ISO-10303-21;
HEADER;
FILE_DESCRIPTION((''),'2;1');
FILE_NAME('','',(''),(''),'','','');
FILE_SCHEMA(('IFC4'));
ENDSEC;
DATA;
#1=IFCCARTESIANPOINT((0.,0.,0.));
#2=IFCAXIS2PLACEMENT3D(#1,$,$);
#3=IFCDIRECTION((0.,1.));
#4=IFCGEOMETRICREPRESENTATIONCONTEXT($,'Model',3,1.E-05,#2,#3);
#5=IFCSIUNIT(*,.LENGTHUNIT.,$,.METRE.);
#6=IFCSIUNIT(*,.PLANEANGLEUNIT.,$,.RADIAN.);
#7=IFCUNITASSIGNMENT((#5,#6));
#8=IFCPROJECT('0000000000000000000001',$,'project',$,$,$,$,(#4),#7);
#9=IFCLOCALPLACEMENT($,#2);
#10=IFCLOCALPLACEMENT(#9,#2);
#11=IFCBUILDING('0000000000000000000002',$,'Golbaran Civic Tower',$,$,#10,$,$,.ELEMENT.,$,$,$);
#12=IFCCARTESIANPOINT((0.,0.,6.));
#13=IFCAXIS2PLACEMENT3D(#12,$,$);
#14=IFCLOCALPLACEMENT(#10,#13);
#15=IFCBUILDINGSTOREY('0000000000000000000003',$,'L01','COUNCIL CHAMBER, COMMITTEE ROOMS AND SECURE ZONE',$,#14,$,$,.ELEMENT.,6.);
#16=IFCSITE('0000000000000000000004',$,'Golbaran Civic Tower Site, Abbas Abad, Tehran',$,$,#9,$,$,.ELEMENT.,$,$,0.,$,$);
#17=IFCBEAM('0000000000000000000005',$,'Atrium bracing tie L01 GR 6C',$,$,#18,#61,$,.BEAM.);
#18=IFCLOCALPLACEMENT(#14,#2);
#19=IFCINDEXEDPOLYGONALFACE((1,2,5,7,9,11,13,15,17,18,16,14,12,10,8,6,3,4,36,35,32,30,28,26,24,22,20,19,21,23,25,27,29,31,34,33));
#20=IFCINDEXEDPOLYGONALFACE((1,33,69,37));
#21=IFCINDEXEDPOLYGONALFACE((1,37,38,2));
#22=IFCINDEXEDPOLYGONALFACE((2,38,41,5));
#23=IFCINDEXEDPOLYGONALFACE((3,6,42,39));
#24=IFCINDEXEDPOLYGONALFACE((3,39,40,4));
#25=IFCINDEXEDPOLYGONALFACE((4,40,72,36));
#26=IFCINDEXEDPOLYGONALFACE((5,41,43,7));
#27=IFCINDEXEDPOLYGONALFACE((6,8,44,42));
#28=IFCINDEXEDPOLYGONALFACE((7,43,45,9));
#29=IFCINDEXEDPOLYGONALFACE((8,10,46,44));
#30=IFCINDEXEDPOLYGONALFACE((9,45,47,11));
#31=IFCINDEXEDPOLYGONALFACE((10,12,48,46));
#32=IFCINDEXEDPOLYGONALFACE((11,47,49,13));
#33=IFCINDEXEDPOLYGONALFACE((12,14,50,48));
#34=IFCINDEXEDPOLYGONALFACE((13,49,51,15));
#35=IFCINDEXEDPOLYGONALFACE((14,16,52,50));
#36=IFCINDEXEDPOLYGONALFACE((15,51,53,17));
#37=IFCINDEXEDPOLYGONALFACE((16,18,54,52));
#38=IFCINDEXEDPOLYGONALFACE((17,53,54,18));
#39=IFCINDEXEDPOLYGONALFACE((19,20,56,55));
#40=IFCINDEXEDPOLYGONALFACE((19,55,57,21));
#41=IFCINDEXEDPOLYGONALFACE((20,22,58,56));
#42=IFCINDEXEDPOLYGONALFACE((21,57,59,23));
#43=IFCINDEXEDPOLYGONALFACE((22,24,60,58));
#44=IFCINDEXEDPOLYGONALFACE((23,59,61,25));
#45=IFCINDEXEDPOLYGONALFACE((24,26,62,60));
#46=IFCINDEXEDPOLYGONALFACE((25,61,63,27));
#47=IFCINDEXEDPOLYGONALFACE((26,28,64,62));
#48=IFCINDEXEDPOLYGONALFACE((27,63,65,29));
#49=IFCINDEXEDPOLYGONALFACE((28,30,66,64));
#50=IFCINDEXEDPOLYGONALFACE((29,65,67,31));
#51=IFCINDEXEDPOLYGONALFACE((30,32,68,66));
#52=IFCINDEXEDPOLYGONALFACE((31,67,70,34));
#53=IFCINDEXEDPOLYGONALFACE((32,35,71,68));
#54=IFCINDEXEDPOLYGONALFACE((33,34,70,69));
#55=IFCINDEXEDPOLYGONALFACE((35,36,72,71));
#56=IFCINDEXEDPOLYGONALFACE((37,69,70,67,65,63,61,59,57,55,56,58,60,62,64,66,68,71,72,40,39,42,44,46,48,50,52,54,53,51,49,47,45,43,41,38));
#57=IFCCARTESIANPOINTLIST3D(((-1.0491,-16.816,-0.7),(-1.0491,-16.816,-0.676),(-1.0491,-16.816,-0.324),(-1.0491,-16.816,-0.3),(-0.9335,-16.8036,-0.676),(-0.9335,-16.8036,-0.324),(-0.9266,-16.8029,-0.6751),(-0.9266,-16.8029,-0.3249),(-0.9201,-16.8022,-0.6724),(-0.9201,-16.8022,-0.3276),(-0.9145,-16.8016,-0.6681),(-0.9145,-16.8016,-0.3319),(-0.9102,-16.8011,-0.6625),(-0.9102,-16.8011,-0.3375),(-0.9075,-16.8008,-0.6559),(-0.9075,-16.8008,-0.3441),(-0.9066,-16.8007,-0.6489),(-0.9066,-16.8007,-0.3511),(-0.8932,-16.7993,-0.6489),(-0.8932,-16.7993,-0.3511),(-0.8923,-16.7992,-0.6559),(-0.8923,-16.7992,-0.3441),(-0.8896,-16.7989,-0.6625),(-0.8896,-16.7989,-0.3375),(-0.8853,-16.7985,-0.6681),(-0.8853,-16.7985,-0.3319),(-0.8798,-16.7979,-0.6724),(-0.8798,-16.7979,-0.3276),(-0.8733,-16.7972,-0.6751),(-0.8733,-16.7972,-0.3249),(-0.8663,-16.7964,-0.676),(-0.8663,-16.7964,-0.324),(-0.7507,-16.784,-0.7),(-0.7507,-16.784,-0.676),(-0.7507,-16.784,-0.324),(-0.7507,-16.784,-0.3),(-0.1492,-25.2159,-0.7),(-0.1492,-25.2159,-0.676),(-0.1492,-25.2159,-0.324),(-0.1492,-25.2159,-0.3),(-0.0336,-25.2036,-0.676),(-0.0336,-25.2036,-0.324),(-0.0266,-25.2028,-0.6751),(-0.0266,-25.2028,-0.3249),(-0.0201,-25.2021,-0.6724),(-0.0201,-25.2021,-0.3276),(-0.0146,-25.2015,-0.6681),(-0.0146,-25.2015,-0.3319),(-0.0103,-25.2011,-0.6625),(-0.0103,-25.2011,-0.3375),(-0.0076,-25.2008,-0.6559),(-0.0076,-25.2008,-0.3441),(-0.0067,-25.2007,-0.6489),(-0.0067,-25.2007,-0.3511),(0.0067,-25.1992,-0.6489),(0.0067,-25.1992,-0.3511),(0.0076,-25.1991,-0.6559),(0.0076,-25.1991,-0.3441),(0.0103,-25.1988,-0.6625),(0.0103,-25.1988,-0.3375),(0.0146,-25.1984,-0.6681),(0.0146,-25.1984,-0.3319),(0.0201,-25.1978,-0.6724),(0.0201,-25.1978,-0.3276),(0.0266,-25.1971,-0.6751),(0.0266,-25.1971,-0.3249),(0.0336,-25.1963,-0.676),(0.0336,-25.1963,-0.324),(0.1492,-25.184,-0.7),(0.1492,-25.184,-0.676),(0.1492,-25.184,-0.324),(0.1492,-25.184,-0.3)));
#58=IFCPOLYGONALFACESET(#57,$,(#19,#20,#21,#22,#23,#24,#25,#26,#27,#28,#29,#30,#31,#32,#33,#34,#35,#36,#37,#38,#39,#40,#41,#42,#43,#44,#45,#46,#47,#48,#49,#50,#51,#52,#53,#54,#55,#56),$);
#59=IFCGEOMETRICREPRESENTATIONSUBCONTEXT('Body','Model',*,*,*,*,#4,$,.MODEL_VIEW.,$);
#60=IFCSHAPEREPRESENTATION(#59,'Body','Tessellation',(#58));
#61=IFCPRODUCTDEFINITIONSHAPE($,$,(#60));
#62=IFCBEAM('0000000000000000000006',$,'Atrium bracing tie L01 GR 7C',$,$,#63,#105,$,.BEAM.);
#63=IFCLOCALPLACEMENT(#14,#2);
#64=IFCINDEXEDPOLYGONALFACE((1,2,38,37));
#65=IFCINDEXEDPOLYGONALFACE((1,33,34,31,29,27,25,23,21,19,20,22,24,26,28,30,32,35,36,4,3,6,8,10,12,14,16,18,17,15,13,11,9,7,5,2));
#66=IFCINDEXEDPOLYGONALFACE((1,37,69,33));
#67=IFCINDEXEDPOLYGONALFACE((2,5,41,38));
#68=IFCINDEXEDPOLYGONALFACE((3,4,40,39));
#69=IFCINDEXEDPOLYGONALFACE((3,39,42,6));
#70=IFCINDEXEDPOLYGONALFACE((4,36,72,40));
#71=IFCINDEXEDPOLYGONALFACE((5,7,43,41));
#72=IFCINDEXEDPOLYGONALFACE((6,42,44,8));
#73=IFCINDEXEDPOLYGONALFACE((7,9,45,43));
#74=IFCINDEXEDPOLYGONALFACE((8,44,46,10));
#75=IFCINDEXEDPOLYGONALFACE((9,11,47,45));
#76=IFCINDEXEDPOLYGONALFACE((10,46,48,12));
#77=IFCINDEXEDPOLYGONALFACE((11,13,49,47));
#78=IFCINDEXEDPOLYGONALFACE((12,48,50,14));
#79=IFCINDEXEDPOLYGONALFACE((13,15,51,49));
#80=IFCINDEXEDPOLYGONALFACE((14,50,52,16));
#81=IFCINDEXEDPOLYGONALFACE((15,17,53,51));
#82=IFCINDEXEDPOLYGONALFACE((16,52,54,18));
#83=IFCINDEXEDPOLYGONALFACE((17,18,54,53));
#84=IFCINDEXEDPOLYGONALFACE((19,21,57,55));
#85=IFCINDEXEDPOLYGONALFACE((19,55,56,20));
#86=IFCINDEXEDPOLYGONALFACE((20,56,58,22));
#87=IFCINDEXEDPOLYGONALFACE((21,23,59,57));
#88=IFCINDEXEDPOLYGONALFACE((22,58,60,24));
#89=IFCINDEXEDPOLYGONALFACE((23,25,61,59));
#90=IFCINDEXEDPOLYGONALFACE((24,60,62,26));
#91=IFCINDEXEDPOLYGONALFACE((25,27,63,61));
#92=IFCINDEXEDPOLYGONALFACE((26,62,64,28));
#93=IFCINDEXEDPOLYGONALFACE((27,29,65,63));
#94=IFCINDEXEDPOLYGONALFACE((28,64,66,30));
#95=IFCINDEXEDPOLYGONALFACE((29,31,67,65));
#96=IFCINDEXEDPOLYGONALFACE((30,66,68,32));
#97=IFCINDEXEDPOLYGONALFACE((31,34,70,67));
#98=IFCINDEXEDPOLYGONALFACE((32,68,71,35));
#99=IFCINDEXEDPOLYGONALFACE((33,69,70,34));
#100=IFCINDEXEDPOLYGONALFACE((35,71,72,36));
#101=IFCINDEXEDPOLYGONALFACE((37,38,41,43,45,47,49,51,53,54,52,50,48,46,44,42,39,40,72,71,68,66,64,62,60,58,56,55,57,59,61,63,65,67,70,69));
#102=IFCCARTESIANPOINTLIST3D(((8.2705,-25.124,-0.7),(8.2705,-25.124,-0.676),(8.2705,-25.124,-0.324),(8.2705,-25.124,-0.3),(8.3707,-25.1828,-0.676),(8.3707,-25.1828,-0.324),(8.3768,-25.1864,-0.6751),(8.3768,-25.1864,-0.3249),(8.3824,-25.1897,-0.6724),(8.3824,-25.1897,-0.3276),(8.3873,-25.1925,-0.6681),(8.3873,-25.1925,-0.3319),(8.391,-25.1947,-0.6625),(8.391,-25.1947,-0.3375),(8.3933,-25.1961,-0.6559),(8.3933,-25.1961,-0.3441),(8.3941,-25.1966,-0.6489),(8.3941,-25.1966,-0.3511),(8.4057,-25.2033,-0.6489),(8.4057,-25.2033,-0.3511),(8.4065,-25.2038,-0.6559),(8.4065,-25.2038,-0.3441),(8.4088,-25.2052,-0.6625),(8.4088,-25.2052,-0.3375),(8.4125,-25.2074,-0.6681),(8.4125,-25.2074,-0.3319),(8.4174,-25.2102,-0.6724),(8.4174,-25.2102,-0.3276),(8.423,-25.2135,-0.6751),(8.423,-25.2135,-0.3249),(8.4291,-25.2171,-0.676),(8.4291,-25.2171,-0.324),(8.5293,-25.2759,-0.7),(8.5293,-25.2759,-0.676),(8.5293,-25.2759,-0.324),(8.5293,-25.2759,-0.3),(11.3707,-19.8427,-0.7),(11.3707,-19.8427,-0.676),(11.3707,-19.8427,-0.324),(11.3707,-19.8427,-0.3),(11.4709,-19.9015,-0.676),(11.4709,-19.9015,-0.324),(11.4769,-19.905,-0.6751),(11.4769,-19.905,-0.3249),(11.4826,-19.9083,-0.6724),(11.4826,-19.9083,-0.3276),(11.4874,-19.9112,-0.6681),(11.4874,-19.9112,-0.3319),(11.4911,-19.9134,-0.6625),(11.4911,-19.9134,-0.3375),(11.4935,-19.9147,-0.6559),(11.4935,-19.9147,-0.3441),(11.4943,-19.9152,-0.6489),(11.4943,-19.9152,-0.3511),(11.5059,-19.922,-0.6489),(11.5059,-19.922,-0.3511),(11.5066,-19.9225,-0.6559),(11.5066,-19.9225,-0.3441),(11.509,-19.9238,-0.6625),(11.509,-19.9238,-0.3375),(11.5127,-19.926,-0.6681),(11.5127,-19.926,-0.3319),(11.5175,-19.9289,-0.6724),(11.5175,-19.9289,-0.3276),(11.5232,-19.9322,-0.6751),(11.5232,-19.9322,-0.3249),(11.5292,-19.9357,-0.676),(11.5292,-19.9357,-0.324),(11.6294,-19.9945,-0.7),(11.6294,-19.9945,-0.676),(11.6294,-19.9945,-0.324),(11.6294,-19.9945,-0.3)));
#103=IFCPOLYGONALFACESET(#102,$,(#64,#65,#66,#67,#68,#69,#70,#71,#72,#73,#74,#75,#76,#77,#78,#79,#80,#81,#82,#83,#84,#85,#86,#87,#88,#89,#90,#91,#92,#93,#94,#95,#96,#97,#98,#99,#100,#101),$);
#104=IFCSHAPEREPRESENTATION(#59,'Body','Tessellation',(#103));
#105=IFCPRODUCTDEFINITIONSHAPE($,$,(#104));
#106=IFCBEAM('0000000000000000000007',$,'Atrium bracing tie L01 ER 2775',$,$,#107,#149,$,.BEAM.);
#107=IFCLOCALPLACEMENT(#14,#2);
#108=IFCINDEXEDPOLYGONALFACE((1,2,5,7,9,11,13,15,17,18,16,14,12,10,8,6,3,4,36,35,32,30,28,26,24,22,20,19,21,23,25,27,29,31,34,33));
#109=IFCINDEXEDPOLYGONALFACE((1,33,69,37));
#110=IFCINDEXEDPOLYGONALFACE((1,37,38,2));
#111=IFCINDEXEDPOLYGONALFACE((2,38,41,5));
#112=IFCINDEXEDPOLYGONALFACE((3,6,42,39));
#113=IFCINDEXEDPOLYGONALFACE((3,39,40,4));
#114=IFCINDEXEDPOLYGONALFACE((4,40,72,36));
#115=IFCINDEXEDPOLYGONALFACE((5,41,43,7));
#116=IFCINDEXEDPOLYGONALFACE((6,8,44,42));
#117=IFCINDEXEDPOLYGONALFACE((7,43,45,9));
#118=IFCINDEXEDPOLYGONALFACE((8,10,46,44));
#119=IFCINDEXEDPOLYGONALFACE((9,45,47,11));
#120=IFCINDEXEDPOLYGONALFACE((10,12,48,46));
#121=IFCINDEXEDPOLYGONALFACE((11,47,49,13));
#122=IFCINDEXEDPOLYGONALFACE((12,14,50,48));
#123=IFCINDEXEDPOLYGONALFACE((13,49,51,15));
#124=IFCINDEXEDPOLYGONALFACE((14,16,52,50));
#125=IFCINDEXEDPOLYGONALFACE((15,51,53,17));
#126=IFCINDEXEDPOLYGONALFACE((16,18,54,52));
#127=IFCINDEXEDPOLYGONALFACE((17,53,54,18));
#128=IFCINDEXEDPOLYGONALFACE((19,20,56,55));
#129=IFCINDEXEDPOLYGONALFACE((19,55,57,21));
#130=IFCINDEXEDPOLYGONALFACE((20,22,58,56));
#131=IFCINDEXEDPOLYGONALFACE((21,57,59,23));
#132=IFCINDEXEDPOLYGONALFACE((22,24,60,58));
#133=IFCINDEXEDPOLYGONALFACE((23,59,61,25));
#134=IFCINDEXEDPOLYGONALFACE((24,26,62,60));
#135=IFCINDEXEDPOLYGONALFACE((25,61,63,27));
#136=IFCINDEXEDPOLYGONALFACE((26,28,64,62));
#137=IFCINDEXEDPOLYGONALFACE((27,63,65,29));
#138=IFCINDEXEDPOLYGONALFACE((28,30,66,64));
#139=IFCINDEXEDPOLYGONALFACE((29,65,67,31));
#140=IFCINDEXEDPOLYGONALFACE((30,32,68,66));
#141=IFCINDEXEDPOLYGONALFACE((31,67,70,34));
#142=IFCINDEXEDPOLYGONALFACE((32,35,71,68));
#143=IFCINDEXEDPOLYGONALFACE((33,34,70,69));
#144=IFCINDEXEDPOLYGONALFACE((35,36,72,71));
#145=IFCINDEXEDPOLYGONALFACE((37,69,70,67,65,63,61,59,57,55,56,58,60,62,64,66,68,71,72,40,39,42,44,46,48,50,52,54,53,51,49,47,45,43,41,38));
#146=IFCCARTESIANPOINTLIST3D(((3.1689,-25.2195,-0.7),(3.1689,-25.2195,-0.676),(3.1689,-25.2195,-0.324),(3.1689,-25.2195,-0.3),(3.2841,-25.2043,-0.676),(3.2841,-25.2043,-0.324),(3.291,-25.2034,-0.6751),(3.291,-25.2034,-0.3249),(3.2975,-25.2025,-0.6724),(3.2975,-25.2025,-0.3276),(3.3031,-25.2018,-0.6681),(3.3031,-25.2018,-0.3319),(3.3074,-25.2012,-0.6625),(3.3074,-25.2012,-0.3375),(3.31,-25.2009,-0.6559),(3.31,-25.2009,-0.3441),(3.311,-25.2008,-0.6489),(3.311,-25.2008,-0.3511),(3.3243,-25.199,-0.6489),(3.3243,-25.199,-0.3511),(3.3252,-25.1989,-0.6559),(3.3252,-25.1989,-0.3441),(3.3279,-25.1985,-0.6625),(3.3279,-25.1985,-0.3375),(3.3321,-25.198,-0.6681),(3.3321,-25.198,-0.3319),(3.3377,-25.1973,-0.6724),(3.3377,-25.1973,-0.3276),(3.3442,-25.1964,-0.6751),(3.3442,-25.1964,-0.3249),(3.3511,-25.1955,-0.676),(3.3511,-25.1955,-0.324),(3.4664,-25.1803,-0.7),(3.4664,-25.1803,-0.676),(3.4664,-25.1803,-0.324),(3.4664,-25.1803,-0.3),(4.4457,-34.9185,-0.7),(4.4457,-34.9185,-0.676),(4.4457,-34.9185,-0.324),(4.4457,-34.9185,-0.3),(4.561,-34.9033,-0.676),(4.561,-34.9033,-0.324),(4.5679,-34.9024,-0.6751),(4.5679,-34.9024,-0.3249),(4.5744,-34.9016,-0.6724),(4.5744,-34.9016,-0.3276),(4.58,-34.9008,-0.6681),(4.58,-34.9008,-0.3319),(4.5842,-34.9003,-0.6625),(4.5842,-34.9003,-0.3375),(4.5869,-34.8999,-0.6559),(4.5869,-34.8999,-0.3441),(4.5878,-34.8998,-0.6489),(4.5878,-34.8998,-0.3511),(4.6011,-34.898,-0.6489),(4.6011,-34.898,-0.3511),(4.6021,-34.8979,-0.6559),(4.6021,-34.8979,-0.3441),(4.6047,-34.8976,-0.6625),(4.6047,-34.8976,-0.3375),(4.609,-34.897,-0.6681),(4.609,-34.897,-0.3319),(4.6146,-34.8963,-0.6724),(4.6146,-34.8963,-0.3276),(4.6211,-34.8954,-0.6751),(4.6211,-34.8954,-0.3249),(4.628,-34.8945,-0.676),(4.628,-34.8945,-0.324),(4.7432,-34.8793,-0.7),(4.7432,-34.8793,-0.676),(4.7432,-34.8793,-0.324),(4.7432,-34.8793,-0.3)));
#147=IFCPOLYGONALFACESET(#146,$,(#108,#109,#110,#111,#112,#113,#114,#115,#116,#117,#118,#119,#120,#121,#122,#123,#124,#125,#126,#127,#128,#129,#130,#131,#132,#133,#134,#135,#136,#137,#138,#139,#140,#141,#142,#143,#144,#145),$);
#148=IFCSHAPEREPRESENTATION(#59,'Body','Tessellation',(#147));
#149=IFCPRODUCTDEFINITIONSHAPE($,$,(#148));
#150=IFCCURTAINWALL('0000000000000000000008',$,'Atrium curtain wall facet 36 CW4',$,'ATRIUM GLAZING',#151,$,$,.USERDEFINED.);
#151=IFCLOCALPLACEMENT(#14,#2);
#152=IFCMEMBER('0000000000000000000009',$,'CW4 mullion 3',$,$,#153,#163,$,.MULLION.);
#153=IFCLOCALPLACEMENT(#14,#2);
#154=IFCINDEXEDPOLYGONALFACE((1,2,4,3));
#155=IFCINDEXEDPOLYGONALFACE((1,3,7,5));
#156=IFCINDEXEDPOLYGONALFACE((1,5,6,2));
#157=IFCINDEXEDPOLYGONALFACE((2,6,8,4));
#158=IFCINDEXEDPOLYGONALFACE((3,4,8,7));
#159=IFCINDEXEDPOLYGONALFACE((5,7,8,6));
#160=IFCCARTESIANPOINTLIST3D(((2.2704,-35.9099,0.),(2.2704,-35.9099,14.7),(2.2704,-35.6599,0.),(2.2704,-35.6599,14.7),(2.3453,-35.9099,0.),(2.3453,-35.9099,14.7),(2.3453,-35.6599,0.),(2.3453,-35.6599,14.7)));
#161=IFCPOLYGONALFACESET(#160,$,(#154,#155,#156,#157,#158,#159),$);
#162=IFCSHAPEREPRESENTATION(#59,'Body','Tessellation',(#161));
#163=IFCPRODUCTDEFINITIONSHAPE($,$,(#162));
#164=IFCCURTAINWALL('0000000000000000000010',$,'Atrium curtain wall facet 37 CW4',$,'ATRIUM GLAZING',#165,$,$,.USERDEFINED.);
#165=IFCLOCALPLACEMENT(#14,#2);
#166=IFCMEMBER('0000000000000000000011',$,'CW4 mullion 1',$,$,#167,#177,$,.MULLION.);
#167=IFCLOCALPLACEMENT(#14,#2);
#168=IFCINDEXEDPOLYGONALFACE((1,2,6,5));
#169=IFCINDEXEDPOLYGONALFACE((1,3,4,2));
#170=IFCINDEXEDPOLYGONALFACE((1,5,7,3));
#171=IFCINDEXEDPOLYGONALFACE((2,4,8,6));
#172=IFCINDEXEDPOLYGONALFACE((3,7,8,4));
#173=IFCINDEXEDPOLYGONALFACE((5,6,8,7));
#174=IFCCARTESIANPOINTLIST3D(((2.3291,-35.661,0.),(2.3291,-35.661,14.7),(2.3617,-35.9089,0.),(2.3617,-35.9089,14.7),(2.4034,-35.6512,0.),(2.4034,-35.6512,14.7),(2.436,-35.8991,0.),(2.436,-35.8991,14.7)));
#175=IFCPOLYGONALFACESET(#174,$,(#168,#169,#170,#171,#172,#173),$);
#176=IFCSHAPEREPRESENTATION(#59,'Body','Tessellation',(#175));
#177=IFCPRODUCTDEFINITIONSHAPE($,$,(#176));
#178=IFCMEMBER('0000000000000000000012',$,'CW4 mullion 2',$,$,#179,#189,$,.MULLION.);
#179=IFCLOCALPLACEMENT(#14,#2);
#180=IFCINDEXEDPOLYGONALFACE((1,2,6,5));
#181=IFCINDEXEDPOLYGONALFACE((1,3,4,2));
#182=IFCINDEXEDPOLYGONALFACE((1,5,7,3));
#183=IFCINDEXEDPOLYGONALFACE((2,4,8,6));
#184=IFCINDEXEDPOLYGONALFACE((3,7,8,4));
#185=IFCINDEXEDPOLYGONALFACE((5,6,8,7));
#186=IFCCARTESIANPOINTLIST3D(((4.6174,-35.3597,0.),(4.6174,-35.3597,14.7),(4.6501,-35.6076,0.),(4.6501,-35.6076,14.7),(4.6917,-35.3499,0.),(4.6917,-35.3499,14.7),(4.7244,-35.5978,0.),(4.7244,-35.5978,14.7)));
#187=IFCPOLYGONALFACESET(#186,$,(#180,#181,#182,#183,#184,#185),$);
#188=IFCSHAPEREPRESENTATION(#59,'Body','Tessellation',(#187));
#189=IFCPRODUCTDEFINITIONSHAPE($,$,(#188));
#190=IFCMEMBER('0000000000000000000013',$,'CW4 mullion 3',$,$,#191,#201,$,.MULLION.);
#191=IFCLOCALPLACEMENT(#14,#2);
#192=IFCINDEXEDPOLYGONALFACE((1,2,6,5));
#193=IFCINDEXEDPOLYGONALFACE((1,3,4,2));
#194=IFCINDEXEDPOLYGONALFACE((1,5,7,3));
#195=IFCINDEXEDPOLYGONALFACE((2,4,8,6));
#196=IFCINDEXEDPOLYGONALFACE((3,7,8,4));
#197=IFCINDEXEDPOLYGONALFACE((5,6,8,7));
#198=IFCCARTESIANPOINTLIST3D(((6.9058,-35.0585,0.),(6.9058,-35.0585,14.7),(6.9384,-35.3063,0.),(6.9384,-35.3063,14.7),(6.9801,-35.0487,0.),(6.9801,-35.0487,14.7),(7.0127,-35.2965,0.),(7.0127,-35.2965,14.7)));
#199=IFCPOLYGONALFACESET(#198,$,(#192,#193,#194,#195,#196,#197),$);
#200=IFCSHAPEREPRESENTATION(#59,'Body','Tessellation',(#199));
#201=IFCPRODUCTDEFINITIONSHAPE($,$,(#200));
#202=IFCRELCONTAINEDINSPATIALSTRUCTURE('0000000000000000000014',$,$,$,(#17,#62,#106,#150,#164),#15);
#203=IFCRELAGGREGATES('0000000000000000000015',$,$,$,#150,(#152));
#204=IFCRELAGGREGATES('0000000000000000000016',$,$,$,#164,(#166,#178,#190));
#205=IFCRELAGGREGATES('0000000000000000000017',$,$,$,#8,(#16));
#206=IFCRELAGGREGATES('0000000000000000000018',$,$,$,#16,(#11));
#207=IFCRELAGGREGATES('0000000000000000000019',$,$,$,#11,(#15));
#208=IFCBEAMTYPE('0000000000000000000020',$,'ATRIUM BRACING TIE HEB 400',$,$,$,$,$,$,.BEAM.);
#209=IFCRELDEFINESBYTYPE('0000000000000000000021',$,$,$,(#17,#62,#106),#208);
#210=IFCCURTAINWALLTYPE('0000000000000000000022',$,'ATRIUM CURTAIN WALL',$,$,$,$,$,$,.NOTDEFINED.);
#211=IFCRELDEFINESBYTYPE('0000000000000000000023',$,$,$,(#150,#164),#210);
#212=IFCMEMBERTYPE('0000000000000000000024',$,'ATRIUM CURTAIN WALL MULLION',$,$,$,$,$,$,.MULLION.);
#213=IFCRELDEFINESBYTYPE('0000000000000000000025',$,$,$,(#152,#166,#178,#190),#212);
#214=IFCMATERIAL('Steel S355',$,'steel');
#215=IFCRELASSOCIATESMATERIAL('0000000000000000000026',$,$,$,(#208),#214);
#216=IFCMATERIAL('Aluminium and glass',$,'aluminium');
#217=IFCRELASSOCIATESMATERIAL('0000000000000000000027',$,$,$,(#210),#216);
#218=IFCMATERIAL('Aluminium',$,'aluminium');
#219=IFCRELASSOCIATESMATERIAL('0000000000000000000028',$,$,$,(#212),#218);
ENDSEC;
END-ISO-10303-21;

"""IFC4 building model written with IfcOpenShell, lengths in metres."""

from ifc_helpers import new_model, si_unit, direction, frame, origin, origin_2d, place, context, subcontext, project, spatial, rectangle, i_section, extrude, material, material_profile, profile_set, type_object, element, aggregate, save


model = new_model("IFC4")

# Units and contexts
model_context = context("Model", 3, precision=1e-05, world=origin(), true_north=direction((0.0, 1.0)))
body_context = subcontext(model_context, "Body", "Model", "MODEL_VIEW")
ifc_project = project(units=[si_unit("LENGTHUNIT", "METRE"), si_unit("PLANEANGLEUNIT", "RADIAN")], contexts=[model_context])

# Site, building, storey
site_placement = place(None, origin())
site = spatial("IfcSite", under=ifc_project, at=site_placement, Name="Golbaran Civic Tower Site, Abbas Abad, Tehran", CompositionType="ELEMENT", RefElevation=0.0)
building_placement = place(site_placement, origin())
building = spatial("IfcBuilding", under=site, at=building_placement, Name="Golbaran Civic Tower", CompositionType="ELEMENT")
storey_placement = place(building_placement, frame((0.0, 0.0, 6.0)))
storey = spatial("IfcBuildingStorey", under=building, at=storey_placement, Name="L01", Description="COUNCIL CHAMBER, COMMITTEE ROOMS AND SECURE ZONE", CompositionType="ELEMENT", Elevation=6.0)

# Beams
ifc_material_1 = material(Name="Steel S355", Category="steel")
ifc_material_profile_1 = material_profile(ifc_material_1, i_section(OverallWidth=0.3, OverallDepth=0.3999, WebThickness=0.0134, FlangeThickness=0.0239, FilletRadius=0.0271, at=origin_2d()), Name="HEB 400")
ifc_profile_set_1 = profile_set([ifc_material_profile_1], Name="Steel S355")
beam_type = type_object("IfcBeamType", Name="ATRIUM BRACING TIE HEB 400", PredefinedType="BEAM", material=ifc_profile_set_1)
beam_1_placement = place(storey_placement, frame((0.0, -25.2, -0.5), z_axis=(-0.106523, 0.99431, 0.0), x_axis=(-0.99431, -0.106523, 0.0)))
element("IfcBeam", 1, at=beam_1_placement, inside=storey, type_object=beam_type, Name="Atrium bracing tie L01 GR 6C", PredefinedType="BEAM", context=body_context, shape_type="SweptSolid", body=[
    extrude(i_section(OverallWidth=0.3, OverallDepth=0.3999, WebThickness=0.0134, FlangeThickness=0.0239, FilletRadius=0.0271, at=origin_2d()), origin(), (0.0, 0.0, 1.0), 8.448),
])
beam_2_placement = place(storey_placement, frame((8.3999, -25.2, -0.5), z_axis=(0.506229, 0.862399, 0.0), x_axis=(-0.862399, 0.506229, 0.0)))
element("IfcBeam", 2, at=beam_2_placement, inside=storey, type_object=beam_type, Name="Atrium bracing tie L01 GR 7C", PredefinedType="BEAM", context=body_context, shape_type="SweptSolid", body=[
    extrude(i_section(OverallWidth=0.3, OverallDepth=0.3999, WebThickness=0.0134, FlangeThickness=0.0239, FilletRadius=0.0271, at=origin_2d()), origin(), (0.0, 0.0, 1.0), 6.124),
])
beam_3_placement = place(storey_placement, frame((4.5945, -34.8989, -0.5), z_axis=(-0.130522, 0.991445, 0.0), x_axis=(-0.991445, -0.130522, 0.0)))
element("IfcBeam", 3, at=beam_3_placement, inside=storey, type_object=beam_type, Name="Atrium bracing tie L01 ER 2775", PredefinedType="BEAM", context=body_context, shape_type="SweptSolid", body=[
    extrude(i_section(OverallWidth=0.3, OverallDepth=0.3999, WebThickness=0.0134, FlangeThickness=0.0239, FilletRadius=0.0271, at=origin_2d()), origin(), (0.0, 0.0, 1.0), 9.7827),
])

# Curtain wall, member
ifc_material_2 = material(Name="Aluminium and glass", Category="aluminium")
curtain_wall_type = type_object("IfcCurtainWallType", Name="ATRIUM CURTAIN WALL", PredefinedType="NOTDEFINED", material=ifc_material_2)
curtain_wall_1_placement = place(storey_placement, origin())
curtain_wall_1 = element("IfcCurtainWall", 4, at=curtain_wall_1_placement, inside=storey, type_object=curtain_wall_type, Name="Atrium curtain wall facet 36 CW4", ObjectType="ATRIUM GLAZING", PredefinedType="USERDEFINED")
ifc_material_3 = material(Name="Aluminium", Category="aluminium")
ifc_material_profile_2 = material_profile(ifc_material_3, rectangle(XDim=0.25, YDim=0.075, at=origin_2d()), Name="ATRIUM CURTAIN WALL MULLION")
ifc_profile_set_2 = profile_set([ifc_material_profile_2], Name="Aluminium")
member_type_1 = type_object("IfcMemberType", Name="ATRIUM CURTAIN WALL MULLION", PredefinedType="MULLION", material=ifc_profile_set_2)
member_1_placement = place(storey_placement, frame((2.3079, -35.7849, 0.0), z_axis=(0.0, 0.0, 1.0), x_axis=(0.0, 1.0, 0.0)))
member_1 = element("IfcMember", 5, at=member_1_placement, type_object=member_type_1, Name="CW4 mullion 3", PredefinedType="MULLION", context=body_context, shape_type="SweptSolid", body=[
    extrude(rectangle(XDim=0.25, YDim=0.075, at=origin_2d()), origin(), (0.0, 0.0, 1.0), 14.7),
])

# Curtain wall, members
curtain_wall_2_placement = place(storey_placement, origin())
curtain_wall_2 = element("IfcCurtainWall", 6, at=curtain_wall_2_placement, inside=storey, type_object=curtain_wall_type, Name="Atrium curtain wall facet 37 CW4", ObjectType="ATRIUM GLAZING", PredefinedType="USERDEFINED")
member_2_placement = place(storey_placement, frame((2.3826, -35.78, 0.0), z_axis=(0.0, 0.0, 1.0), x_axis=(-0.130526, 0.991445, 0.0)))
member_2 = element("IfcMember", 7, at=member_2_placement, type_object=member_type_1, Name="CW4 mullion 1", PredefinedType="MULLION", context=body_context, shape_type="SweptSolid", body=[
    extrude(rectangle(XDim=0.25, YDim=0.075, at=origin_2d()), origin(), (0.0, 0.0, 1.0), 14.7),
])
member_3_placement = place(storey_placement, frame((4.6709, -35.4788, 0.0), z_axis=(0.0, 0.0, 1.0), x_axis=(-0.130526, 0.991445, 0.0)))
member_3 = element("IfcMember", 8, at=member_3_placement, type_object=member_type_1, Name="CW4 mullion 2", PredefinedType="MULLION", context=body_context, shape_type="SweptSolid", body=[
    extrude(rectangle(XDim=0.25, YDim=0.075, at=origin_2d()), origin(), (0.0, 0.0, 1.0), 14.7),
])
member_4_placement = place(storey_placement, frame((6.9592, -35.1775, 0.0), z_axis=(0.0, 0.0, 1.0), x_axis=(-0.130526, 0.991445, 0.0)))
member_4 = element("IfcMember", 9, at=member_4_placement, type_object=member_type_1, Name="CW4 mullion 3", PredefinedType="MULLION", context=body_context, shape_type="SweptSolid", body=[
    extrude(rectangle(XDim=0.25, YDim=0.075, at=origin_2d()), origin(), (0.0, 0.0, 1.0), 14.7),
])

aggregate(curtain_wall_1, [member_1])
aggregate(curtain_wall_2, [member_2, member_3, member_4])

save(model, "model.ifc")
